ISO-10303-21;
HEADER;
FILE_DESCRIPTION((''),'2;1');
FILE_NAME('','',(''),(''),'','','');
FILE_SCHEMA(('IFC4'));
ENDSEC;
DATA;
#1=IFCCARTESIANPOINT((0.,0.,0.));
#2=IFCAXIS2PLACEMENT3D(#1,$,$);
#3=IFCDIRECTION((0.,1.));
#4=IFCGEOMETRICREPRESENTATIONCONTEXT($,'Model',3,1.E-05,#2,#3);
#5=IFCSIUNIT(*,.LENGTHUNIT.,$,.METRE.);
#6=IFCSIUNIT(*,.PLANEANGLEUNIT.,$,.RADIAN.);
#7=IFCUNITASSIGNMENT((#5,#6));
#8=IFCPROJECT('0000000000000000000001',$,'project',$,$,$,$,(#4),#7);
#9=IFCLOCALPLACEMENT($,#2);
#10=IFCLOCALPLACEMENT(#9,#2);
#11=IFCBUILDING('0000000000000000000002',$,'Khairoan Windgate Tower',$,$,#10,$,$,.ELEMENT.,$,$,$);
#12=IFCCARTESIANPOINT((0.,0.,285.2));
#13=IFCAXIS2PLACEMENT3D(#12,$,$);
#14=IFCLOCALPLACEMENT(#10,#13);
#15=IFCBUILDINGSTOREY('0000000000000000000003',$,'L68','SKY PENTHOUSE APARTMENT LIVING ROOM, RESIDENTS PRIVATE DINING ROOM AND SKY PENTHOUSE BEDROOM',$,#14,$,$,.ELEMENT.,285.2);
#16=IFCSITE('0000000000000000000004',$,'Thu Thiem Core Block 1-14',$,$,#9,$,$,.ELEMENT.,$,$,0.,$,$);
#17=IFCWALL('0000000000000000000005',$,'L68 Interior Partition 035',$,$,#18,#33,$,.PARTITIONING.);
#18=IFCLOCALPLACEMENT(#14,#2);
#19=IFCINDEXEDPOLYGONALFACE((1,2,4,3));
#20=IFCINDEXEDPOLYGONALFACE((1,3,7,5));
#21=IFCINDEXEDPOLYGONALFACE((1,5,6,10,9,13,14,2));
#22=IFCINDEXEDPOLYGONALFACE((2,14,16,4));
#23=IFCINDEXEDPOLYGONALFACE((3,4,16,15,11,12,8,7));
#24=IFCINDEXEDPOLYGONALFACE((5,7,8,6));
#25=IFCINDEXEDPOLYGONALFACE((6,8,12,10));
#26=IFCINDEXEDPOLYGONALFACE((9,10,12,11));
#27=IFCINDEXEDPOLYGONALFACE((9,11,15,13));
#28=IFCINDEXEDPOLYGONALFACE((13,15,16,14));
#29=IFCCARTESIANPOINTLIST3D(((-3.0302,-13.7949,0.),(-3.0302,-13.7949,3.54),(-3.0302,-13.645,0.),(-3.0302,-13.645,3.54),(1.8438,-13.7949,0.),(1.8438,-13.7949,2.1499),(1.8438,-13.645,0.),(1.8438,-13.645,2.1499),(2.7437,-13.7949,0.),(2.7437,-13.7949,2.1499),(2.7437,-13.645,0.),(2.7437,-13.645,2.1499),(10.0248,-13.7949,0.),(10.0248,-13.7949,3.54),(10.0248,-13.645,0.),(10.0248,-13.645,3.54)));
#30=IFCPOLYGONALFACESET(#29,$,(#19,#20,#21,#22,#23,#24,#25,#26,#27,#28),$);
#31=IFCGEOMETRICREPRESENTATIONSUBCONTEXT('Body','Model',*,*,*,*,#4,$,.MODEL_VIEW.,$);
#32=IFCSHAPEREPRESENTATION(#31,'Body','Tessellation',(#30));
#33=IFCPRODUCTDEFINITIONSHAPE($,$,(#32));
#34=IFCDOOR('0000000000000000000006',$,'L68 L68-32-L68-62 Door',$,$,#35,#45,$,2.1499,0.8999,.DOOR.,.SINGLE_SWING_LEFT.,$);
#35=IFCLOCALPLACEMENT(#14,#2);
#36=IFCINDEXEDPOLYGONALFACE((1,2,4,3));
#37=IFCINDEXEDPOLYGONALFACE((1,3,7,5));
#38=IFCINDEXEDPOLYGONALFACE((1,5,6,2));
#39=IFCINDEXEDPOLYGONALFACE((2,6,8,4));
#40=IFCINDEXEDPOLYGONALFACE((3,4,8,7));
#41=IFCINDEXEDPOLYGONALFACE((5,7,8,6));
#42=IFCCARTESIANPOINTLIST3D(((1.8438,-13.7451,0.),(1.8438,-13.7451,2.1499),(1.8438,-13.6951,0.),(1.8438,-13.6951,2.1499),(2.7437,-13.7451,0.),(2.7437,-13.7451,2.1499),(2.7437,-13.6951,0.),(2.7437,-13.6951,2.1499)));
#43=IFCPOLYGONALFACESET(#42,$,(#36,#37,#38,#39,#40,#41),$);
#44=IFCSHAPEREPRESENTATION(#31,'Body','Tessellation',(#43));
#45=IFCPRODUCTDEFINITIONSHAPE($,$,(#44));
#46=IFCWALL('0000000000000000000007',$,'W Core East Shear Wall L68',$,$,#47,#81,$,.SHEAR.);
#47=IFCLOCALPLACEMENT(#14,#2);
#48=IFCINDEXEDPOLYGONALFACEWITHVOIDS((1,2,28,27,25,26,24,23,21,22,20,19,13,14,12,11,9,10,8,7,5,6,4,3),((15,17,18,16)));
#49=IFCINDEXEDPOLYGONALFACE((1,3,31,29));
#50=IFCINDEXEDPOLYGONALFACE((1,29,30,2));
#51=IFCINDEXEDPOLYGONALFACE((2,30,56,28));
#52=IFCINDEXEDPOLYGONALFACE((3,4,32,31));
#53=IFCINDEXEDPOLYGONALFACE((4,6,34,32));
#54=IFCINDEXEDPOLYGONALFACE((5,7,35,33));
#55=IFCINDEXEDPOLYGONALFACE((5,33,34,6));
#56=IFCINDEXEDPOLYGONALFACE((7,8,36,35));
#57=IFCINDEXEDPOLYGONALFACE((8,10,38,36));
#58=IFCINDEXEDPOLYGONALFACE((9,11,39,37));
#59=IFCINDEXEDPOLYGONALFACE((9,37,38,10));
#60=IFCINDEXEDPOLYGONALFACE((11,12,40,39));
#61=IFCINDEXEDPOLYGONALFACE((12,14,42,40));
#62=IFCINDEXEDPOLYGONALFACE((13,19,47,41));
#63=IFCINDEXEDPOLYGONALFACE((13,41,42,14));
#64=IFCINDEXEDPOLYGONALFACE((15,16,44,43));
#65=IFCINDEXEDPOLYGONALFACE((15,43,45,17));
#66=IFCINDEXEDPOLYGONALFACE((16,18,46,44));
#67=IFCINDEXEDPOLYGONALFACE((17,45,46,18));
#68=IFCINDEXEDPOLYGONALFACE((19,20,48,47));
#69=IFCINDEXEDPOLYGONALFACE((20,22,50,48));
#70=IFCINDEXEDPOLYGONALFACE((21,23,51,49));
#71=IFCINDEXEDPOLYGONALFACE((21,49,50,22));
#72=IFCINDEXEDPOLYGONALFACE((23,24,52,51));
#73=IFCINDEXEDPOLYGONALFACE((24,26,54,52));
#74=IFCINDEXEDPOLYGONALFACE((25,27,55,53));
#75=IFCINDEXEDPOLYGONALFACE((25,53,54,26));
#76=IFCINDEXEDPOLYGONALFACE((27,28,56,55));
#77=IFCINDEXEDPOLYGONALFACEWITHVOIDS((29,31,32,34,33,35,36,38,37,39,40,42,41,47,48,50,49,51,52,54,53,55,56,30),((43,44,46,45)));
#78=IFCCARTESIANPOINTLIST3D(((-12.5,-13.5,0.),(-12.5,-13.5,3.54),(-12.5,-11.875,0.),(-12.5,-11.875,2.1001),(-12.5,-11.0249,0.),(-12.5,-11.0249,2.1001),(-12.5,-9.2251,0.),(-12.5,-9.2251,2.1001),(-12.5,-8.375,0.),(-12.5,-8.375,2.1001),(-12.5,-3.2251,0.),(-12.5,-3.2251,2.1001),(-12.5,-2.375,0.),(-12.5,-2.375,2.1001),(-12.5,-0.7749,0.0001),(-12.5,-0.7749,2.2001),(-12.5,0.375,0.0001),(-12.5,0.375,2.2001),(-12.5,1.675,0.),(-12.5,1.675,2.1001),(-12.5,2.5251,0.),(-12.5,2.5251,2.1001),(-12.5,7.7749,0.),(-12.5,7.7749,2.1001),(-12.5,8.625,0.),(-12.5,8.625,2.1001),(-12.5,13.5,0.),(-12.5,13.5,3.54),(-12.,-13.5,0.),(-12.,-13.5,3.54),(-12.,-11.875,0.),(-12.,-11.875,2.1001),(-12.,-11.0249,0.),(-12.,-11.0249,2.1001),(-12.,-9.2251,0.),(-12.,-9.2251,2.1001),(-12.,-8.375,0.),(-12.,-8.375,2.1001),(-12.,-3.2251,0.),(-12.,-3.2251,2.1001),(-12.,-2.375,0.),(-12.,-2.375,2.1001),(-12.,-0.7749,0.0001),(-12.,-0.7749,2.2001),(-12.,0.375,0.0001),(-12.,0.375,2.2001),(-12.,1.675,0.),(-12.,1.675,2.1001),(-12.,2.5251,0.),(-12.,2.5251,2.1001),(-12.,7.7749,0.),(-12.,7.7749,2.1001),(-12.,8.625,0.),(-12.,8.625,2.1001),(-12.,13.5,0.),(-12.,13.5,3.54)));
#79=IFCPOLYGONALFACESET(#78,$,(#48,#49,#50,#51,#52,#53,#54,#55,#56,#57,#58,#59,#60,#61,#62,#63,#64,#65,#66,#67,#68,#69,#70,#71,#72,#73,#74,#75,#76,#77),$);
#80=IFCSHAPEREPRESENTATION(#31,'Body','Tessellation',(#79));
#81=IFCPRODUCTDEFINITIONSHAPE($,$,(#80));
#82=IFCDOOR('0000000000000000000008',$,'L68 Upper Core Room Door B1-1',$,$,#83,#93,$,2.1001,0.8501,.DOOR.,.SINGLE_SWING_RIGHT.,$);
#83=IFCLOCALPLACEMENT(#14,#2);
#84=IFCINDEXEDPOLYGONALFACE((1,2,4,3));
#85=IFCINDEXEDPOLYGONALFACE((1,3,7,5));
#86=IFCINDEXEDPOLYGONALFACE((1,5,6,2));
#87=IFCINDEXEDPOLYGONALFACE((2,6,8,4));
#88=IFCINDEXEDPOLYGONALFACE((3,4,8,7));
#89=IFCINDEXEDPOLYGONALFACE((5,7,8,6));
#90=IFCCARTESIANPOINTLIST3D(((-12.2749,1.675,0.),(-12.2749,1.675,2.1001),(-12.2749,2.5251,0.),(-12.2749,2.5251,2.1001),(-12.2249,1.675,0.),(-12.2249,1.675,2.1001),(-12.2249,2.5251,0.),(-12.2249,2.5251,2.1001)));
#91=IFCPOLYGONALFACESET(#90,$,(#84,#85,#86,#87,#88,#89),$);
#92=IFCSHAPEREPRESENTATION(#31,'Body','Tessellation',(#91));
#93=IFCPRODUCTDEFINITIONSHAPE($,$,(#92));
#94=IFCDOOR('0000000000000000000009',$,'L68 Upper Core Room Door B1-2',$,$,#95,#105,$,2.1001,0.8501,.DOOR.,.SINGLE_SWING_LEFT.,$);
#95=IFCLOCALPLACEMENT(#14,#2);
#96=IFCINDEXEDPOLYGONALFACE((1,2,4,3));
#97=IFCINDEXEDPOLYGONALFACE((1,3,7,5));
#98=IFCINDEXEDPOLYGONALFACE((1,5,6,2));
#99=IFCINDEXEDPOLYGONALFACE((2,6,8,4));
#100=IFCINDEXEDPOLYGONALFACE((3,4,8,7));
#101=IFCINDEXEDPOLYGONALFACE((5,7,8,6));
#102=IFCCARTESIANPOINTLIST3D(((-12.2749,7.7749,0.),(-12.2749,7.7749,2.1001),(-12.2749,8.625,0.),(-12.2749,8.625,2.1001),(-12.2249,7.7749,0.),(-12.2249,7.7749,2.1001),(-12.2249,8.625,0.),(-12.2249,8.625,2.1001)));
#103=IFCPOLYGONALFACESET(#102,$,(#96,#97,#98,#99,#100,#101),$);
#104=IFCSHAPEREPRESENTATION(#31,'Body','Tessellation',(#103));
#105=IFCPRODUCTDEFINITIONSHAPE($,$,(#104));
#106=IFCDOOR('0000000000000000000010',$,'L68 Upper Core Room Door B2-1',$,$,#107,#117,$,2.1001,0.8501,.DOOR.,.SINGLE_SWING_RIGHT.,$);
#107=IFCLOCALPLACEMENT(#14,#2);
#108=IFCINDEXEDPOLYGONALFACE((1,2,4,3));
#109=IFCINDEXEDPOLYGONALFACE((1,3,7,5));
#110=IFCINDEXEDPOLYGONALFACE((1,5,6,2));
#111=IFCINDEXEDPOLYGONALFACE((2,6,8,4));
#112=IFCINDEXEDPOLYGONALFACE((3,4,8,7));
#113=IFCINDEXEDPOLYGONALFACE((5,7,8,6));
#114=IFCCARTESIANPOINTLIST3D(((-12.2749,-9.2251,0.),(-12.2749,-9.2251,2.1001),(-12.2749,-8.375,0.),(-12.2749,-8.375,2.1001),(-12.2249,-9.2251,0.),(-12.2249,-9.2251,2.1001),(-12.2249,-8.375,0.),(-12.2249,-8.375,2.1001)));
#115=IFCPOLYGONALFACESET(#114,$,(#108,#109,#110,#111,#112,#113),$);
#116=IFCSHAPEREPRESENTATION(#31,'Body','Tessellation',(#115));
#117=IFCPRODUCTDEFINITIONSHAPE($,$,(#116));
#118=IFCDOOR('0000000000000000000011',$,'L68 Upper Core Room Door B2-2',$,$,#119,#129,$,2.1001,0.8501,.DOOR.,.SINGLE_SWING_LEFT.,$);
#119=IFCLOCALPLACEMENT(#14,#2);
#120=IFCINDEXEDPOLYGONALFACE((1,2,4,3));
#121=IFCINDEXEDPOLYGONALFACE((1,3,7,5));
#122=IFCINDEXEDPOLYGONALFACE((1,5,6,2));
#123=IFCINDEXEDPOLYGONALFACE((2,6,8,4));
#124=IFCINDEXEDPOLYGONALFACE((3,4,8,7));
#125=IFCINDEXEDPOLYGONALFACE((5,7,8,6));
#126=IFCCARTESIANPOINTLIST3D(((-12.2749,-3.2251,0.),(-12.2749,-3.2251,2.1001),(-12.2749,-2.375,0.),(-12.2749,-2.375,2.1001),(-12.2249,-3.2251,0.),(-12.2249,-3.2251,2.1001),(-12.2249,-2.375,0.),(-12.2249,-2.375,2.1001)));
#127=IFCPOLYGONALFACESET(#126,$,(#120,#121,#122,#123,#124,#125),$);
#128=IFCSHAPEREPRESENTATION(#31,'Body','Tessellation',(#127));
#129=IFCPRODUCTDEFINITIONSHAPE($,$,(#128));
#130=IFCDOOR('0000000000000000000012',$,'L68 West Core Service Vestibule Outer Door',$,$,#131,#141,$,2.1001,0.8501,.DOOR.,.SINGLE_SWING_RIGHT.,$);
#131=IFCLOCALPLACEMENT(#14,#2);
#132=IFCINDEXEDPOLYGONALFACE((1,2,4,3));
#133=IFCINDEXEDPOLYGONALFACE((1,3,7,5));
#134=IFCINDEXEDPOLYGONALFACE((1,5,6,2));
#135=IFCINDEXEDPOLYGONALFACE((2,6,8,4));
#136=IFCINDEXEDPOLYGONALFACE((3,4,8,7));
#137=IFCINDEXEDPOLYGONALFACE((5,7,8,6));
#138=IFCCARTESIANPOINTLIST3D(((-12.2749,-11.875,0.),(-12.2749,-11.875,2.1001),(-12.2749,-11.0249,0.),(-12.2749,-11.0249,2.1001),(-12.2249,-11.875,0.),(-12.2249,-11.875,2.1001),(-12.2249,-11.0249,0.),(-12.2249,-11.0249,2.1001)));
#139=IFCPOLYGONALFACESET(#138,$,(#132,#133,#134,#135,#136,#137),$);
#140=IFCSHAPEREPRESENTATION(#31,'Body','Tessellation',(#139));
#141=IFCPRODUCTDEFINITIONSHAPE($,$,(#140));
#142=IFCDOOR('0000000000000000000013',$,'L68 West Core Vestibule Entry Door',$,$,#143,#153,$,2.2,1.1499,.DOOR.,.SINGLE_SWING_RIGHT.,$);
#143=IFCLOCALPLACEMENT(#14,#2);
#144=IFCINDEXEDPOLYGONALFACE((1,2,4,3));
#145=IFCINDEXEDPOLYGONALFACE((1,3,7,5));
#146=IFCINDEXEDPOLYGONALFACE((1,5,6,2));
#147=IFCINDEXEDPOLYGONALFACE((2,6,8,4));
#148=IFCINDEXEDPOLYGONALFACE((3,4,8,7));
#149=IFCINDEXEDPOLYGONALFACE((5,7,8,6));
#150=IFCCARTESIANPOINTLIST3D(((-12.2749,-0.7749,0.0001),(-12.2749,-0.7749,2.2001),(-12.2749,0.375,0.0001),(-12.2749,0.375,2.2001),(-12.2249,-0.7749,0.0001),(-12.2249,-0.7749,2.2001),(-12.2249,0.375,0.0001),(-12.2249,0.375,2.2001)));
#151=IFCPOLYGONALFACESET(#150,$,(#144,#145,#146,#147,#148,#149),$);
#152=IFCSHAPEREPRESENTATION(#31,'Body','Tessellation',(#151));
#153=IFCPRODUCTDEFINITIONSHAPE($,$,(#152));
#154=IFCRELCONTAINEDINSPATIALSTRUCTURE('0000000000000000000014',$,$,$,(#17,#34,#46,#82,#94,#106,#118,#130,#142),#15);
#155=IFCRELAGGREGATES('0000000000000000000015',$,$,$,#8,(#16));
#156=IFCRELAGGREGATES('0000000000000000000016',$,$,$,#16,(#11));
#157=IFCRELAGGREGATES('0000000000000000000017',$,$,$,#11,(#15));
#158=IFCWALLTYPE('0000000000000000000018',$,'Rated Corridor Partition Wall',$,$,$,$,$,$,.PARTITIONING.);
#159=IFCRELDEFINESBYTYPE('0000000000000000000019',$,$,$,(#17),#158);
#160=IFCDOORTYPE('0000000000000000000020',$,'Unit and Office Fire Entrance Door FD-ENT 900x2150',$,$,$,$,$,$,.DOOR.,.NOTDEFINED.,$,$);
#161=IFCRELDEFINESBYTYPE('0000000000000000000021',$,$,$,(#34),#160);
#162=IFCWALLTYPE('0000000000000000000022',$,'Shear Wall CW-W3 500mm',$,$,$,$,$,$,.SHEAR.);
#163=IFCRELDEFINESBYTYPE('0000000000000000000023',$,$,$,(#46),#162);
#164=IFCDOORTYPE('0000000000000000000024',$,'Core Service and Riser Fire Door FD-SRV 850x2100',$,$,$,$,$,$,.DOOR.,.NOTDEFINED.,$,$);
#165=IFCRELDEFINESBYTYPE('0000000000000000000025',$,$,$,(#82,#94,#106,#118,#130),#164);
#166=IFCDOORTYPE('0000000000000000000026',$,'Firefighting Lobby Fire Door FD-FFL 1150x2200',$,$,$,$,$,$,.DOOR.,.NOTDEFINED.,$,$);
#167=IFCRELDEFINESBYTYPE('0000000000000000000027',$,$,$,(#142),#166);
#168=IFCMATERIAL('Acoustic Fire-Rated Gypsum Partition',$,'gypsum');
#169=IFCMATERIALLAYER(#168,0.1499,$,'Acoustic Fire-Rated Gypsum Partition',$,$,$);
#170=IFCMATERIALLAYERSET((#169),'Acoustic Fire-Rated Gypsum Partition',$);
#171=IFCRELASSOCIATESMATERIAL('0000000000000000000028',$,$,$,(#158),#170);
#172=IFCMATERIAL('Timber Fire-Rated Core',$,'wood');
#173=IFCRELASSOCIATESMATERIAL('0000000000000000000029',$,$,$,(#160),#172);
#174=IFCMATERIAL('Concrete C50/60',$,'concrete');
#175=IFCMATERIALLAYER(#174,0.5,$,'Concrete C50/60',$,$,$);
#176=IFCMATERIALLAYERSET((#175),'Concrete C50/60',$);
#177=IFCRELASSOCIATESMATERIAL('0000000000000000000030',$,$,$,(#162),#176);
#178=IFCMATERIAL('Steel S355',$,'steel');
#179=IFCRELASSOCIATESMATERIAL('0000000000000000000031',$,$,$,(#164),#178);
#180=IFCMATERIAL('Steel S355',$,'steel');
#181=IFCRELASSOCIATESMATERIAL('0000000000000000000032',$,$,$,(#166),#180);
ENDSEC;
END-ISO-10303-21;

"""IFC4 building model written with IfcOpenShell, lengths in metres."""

from ifc_helpers import new_model, si_unit, direction, frame, frame_2d, origin, place, context, subcontext, project, spatial, rectangle, extrude, material, layer, layer_set, type_object, element, fill, save


model = new_model("IFC4")

# Units and contexts
model_context = context("Model", 3, precision=1e-05, world=origin(), true_north=direction((0.0, 1.0)))
body_context = subcontext(model_context, "Body", "Model", "MODEL_VIEW")
ifc_project = project(units=[si_unit("LENGTHUNIT", "METRE"), si_unit("PLANEANGLEUNIT", "RADIAN")], contexts=[model_context])

# Site, building, storey
site_placement = place(None, origin())
site = spatial("IfcSite", under=ifc_project, at=site_placement, Name="Thu Thiem Core Block 1-14", CompositionType="ELEMENT", RefElevation=0.0)
building_placement = place(site_placement, origin())
building = spatial("IfcBuilding", under=site, at=building_placement, Name="Khairoan Windgate Tower", CompositionType="ELEMENT")
storey_placement = place(building_placement, frame((0.0, 0.0, 285.2)))
storey = spatial("IfcBuildingStorey", under=building, at=storey_placement, Name="L68", Description="SKY PENTHOUSE APARTMENT LIVING ROOM, RESIDENTS PRIVATE DINING ROOM AND SKY PENTHOUSE BEDROOM", CompositionType="ELEMENT", Elevation=285.2)

# Shared definitions
ifc_material_1 = material(Name="Acoustic Fire-Rated Gypsum Partition", Category="gypsum")
ifc_layer_1 = layer(ifc_material_1, 0.1499, Name="Acoustic Fire-Rated Gypsum Partition")
ifc_layer_set_1 = layer_set([ifc_layer_1], Name="Acoustic Fire-Rated Gypsum Partition")
wall_type_1 = type_object("IfcWallType", Name="Rated Corridor Partition Wall", PredefinedType="PARTITIONING", material=ifc_layer_set_1)
ifc_material_2 = material(Name="Timber Fire-Rated Core", Category="wood")
door_type_1 = type_object("IfcDoorType", Name="Unit and Office Fire Entrance Door FD-ENT 900x2150", OperationType="NOTDEFINED", PredefinedType="DOOR", material=ifc_material_2)

# Wall, opening, door
wall_1_placement = place(storey_placement, frame((-3.03, -13.72, 0.0), z_axis=(0.0, 0.0, 1.0), x_axis=(1.0, 0.0, 0.0)))
wall_1 = element("IfcWall", 1, at=wall_1_placement, inside=storey, type_object=wall_type_1, Name="L68 Interior Partition 035", PredefinedType="PARTITIONING", context=body_context, shape_type="SweptSolid", body=[
    extrude(rectangle(XDim=13.0549, YDim=0.1499, at=frame_2d((6.5273, 0.0))), origin(), (0.0, 0.0, 1.0), 3.54),
])
opening_1_placement = place(wall_1_placement, frame((4.8738, 0.0, 0.0)))
opening_1 = element("IfcOpeningElement", 2, at=opening_1_placement, cuts=wall_1, PredefinedType="OPENING", context=body_context, shape_type="SweptSolid", body=[
    extrude(rectangle(XDim=0.8999, YDim=2.1499, at=frame_2d((0.45, 1.075))), frame((0.0, 0.085, 0.0), z_axis=(0.0, -1.0, 0.0), x_axis=(1.0, 0.0, 0.0)), (0.0, 0.0, 1.0), 0.1699),
])
door_1_placement = place(opening_1_placement, origin())
door_1 = element("IfcDoor", 3, at=door_1_placement, inside=storey, type_object=door_type_1, Name="L68 L68-32-L68-62 Door", OperationType="SINGLE_SWING_LEFT", OverallHeight=2.1499, OverallWidth=0.8999, PredefinedType="DOOR", context=body_context, shape_type="SweptSolid", body=[
    extrude(rectangle(XDim=0.8999, YDim=2.1499, at=frame_2d((0.45, 1.075))), frame((0.0, 0.0249, 0.0), z_axis=(0.0, -1.0, 0.0), x_axis=(1.0, 0.0, 0.0)), (0.0, 0.0, 1.0), 0.05),
])
fill(opening_1, door_1)

# Wall, openings, doors
ifc_material_3 = material(Name="Concrete C50/60", Category="concrete")
ifc_layer_2 = layer(ifc_material_3, 0.5, Name="Concrete C50/60")
ifc_layer_set_2 = layer_set([ifc_layer_2], Name="Concrete C50/60")
wall_type_2 = type_object("IfcWallType", Name="Shear Wall CW-W3 500mm", PredefinedType="SHEAR", material=ifc_layer_set_2)
wall_2_placement = place(storey_placement, frame((-12.25, -13.5, 0.0), z_axis=(0.0, 0.0, 1.0), x_axis=(0.0, 1.0, 0.0)))
wall_2 = element("IfcWall", 4, at=wall_2_placement, inside=storey, type_object=wall_type_2, Name="W Core East Shear Wall L68", PredefinedType="SHEAR", context=body_context, shape_type="SweptSolid", body=[
    extrude(rectangle(XDim=27.0, YDim=0.5, at=frame_2d((13.5, 0.0))), origin(), (0.0, 0.0, 1.0), 3.54),
])
opening_2_placement = place(wall_2_placement, frame((15.175, 0.0, 0.0)))
opening_2 = element("IfcOpeningElement", 5, at=opening_2_placement, cuts=wall_2, PredefinedType="OPENING", context=body_context, shape_type="SweptSolid", body=[
    extrude(rectangle(XDim=0.8501, YDim=2.1001, at=frame_2d((0.425, 1.05))), frame((0.0, 0.26, 0.0), z_axis=(0.0, -1.0, 0.0), x_axis=(1.0, 0.0, 0.0)), (0.0, 0.0, 1.0), 0.52),
])
opening_3_placement = place(wall_2_placement, frame((21.2749, 0.0, 0.0)))
opening_3 = element("IfcOpeningElement", 6, at=opening_3_placement, cuts=wall_2, PredefinedType="OPENING", context=body_context, shape_type="SweptSolid", body=[
    extrude(rectangle(XDim=0.8501, YDim=2.1001, at=frame_2d((0.425, 1.05))), frame((0.0, 0.26, 0.0), z_axis=(0.0, -1.0, 0.0), x_axis=(1.0, 0.0, 0.0)), (0.0, 0.0, 1.0), 0.52),
])
opening_4_placement = place(wall_2_placement, frame((4.2749, 0.0, 0.0)))
opening_4 = element("IfcOpeningElement", 7, at=opening_4_placement, cuts=wall_2, PredefinedType="OPENING", context=body_context, shape_type="SweptSolid", body=[
    extrude(rectangle(XDim=0.8501, YDim=2.1001, at=frame_2d((0.425, 1.05))), frame((0.0, 0.26, 0.0), z_axis=(0.0, -1.0, 0.0), x_axis=(1.0, 0.0, 0.0)), (0.0, 0.0, 1.0), 0.52),
])
opening_5_placement = place(wall_2_placement, frame((10.2749, 0.0, 0.0)))
opening_5 = element("IfcOpeningElement", 8, at=opening_5_placement, cuts=wall_2, PredefinedType="OPENING", context=body_context, shape_type="SweptSolid", body=[
    extrude(rectangle(XDim=0.8501, YDim=2.1001, at=frame_2d((0.425, 1.05))), frame((0.0, 0.26, 0.0), z_axis=(0.0, -1.0, 0.0), x_axis=(1.0, 0.0, 0.0)), (0.0, 0.0, 1.0), 0.52),
])
opening_6_placement = place(wall_2_placement, frame((12.7251, 0.0, 0.0)))
opening_6 = element("IfcOpeningElement", 9, at=opening_6_placement, cuts=wall_2, PredefinedType="OPENING", context=body_context, shape_type="SweptSolid", body=[
    extrude(rectangle(XDim=1.1499, YDim=2.2, at=frame_2d((0.575, 1.1001))), frame((0.0, 0.26, 0.0), z_axis=(0.0, -1.0, 0.0), x_axis=(1.0, 0.0, 0.0)), (0.0, 0.0, 1.0), 0.52),
])
opening_7_placement = place(wall_2_placement, frame((1.625, 0.0, 0.0)))
opening_7 = element("IfcOpeningElement", 10, at=opening_7_placement, cuts=wall_2, PredefinedType="OPENING", context=body_context, shape_type="SweptSolid", body=[
    extrude(rectangle(XDim=0.8501, YDim=2.1001, at=frame_2d((0.425, 1.05))), frame((0.0, 0.26, 0.0), z_axis=(0.0, -1.0, 0.0), x_axis=(1.0, 0.0, 0.0)), (0.0, 0.0, 1.0), 0.52),
])
ifc_material_4 = material(Name="Steel S355", Category="steel")
door_type_2 = type_object("IfcDoorType", Name="Core Service and Riser Fire Door FD-SRV 850x2100", OperationType="NOTDEFINED", PredefinedType="DOOR", material=ifc_material_4)
door_2_placement = place(opening_2_placement, origin())
door_2 = element("IfcDoor", 11, at=door_2_placement, inside=storey, type_object=door_type_2, Name="L68 Upper Core Room Door B1-1", OperationType="SINGLE_SWING_RIGHT", OverallHeight=2.1001, OverallWidth=0.8501, PredefinedType="DOOR", context=body_context, shape_type="SweptSolid", body=[
    extrude(rectangle(XDim=0.8501, YDim=2.1001, at=frame_2d((0.425, 1.05))), frame((0.0, 0.0249, 0.0), z_axis=(0.0, -1.0, 0.0), x_axis=(1.0, 0.0, 0.0)), (0.0, 0.0, 1.0), 0.05),
])
fill(opening_2, door_2)
door_3_placement = place(opening_3_placement, origin())
door_3 = element("IfcDoor", 12, at=door_3_placement, inside=storey, type_object=door_type_2, Name="L68 Upper Core Room Door B1-2", OperationType="SINGLE_SWING_LEFT", OverallHeight=2.1001, OverallWidth=0.8501, PredefinedType="DOOR", context=body_context, shape_type="SweptSolid", body=[
    extrude(rectangle(XDim=0.8501, YDim=2.1001, at=frame_2d((0.425, 1.05))), frame((0.0, 0.0249, 0.0), z_axis=(0.0, -1.0, 0.0), x_axis=(1.0, 0.0, 0.0)), (0.0, 0.0, 1.0), 0.05),
])
fill(opening_3, door_3)
door_4_placement = place(opening_4_placement, origin())
door_4 = element("IfcDoor", 13, at=door_4_placement, inside=storey, type_object=door_type_2, Name="L68 Upper Core Room Door B2-1", OperationType="SINGLE_SWING_RIGHT", OverallHeight=2.1001, OverallWidth=0.8501, PredefinedType="DOOR", context=body_context, shape_type="SweptSolid", body=[
    extrude(rectangle(XDim=0.8501, YDim=2.1001, at=frame_2d((0.425, 1.05))), frame((0.0, 0.0249, 0.0), z_axis=(0.0, -1.0, 0.0), x_axis=(1.0, 0.0, 0.0)), (0.0, 0.0, 1.0), 0.05),
])
fill(opening_4, door_4)
door_5_placement = place(opening_5_placement, origin())
door_5 = element("IfcDoor", 14, at=door_5_placement, inside=storey, type_object=door_type_2, Name="L68 Upper Core Room Door B2-2", OperationType="SINGLE_SWING_LEFT", OverallHeight=2.1001, OverallWidth=0.8501, PredefinedType="DOOR", context=body_context, shape_type="SweptSolid", body=[
    extrude(rectangle(XDim=0.8501, YDim=2.1001, at=frame_2d((0.425, 1.05))), frame((0.0, 0.0249, 0.0), z_axis=(0.0, -1.0, 0.0), x_axis=(1.0, 0.0, 0.0)), (0.0, 0.0, 1.0), 0.05),
])
fill(opening_5, door_5)
door_6_placement = place(opening_7_placement, origin())
door_6 = element("IfcDoor", 15, at=door_6_placement, inside=storey, type_object=door_type_2, Name="L68 West Core Service Vestibule Outer Door", OperationType="SINGLE_SWING_RIGHT", OverallHeight=2.1001, OverallWidth=0.8501, PredefinedType="DOOR", context=body_context, shape_type="SweptSolid", body=[
    extrude(rectangle(XDim=0.8501, YDim=2.1001, at=frame_2d((0.425, 1.05))), frame((0.0, 0.0249, 0.0), z_axis=(0.0, -1.0, 0.0), x_axis=(1.0, 0.0, 0.0)), (0.0, 0.0, 1.0), 0.05),
])
fill(opening_7, door_6)
ifc_material_5 = material(Name="Steel S355", Category="steel")
door_type_3 = type_object("IfcDoorType", Name="Firefighting Lobby Fire Door FD-FFL 1150x2200", OperationType="NOTDEFINED", PredefinedType="DOOR", material=ifc_material_5)
door_7_placement = place(opening_6_placement, origin())
door_7 = element("IfcDoor", 16, at=door_7_placement, inside=storey, type_object=door_type_3, Name="L68 West Core Vestibule Entry Door", OperationType="SINGLE_SWING_RIGHT", OverallHeight=2.2, OverallWidth=1.1499, PredefinedType="DOOR", context=body_context, shape_type="SweptSolid", body=[
    extrude(rectangle(XDim=1.1499, YDim=2.2, at=frame_2d((0.575, 1.1001))), frame((0.0, 0.0249, 0.0), z_axis=(0.0, -1.0, 0.0), x_axis=(1.0, 0.0, 0.0)), (0.0, 0.0, 1.0), 0.05),
])
fill(opening_6, door_7)

save(model, "model.ifc")
